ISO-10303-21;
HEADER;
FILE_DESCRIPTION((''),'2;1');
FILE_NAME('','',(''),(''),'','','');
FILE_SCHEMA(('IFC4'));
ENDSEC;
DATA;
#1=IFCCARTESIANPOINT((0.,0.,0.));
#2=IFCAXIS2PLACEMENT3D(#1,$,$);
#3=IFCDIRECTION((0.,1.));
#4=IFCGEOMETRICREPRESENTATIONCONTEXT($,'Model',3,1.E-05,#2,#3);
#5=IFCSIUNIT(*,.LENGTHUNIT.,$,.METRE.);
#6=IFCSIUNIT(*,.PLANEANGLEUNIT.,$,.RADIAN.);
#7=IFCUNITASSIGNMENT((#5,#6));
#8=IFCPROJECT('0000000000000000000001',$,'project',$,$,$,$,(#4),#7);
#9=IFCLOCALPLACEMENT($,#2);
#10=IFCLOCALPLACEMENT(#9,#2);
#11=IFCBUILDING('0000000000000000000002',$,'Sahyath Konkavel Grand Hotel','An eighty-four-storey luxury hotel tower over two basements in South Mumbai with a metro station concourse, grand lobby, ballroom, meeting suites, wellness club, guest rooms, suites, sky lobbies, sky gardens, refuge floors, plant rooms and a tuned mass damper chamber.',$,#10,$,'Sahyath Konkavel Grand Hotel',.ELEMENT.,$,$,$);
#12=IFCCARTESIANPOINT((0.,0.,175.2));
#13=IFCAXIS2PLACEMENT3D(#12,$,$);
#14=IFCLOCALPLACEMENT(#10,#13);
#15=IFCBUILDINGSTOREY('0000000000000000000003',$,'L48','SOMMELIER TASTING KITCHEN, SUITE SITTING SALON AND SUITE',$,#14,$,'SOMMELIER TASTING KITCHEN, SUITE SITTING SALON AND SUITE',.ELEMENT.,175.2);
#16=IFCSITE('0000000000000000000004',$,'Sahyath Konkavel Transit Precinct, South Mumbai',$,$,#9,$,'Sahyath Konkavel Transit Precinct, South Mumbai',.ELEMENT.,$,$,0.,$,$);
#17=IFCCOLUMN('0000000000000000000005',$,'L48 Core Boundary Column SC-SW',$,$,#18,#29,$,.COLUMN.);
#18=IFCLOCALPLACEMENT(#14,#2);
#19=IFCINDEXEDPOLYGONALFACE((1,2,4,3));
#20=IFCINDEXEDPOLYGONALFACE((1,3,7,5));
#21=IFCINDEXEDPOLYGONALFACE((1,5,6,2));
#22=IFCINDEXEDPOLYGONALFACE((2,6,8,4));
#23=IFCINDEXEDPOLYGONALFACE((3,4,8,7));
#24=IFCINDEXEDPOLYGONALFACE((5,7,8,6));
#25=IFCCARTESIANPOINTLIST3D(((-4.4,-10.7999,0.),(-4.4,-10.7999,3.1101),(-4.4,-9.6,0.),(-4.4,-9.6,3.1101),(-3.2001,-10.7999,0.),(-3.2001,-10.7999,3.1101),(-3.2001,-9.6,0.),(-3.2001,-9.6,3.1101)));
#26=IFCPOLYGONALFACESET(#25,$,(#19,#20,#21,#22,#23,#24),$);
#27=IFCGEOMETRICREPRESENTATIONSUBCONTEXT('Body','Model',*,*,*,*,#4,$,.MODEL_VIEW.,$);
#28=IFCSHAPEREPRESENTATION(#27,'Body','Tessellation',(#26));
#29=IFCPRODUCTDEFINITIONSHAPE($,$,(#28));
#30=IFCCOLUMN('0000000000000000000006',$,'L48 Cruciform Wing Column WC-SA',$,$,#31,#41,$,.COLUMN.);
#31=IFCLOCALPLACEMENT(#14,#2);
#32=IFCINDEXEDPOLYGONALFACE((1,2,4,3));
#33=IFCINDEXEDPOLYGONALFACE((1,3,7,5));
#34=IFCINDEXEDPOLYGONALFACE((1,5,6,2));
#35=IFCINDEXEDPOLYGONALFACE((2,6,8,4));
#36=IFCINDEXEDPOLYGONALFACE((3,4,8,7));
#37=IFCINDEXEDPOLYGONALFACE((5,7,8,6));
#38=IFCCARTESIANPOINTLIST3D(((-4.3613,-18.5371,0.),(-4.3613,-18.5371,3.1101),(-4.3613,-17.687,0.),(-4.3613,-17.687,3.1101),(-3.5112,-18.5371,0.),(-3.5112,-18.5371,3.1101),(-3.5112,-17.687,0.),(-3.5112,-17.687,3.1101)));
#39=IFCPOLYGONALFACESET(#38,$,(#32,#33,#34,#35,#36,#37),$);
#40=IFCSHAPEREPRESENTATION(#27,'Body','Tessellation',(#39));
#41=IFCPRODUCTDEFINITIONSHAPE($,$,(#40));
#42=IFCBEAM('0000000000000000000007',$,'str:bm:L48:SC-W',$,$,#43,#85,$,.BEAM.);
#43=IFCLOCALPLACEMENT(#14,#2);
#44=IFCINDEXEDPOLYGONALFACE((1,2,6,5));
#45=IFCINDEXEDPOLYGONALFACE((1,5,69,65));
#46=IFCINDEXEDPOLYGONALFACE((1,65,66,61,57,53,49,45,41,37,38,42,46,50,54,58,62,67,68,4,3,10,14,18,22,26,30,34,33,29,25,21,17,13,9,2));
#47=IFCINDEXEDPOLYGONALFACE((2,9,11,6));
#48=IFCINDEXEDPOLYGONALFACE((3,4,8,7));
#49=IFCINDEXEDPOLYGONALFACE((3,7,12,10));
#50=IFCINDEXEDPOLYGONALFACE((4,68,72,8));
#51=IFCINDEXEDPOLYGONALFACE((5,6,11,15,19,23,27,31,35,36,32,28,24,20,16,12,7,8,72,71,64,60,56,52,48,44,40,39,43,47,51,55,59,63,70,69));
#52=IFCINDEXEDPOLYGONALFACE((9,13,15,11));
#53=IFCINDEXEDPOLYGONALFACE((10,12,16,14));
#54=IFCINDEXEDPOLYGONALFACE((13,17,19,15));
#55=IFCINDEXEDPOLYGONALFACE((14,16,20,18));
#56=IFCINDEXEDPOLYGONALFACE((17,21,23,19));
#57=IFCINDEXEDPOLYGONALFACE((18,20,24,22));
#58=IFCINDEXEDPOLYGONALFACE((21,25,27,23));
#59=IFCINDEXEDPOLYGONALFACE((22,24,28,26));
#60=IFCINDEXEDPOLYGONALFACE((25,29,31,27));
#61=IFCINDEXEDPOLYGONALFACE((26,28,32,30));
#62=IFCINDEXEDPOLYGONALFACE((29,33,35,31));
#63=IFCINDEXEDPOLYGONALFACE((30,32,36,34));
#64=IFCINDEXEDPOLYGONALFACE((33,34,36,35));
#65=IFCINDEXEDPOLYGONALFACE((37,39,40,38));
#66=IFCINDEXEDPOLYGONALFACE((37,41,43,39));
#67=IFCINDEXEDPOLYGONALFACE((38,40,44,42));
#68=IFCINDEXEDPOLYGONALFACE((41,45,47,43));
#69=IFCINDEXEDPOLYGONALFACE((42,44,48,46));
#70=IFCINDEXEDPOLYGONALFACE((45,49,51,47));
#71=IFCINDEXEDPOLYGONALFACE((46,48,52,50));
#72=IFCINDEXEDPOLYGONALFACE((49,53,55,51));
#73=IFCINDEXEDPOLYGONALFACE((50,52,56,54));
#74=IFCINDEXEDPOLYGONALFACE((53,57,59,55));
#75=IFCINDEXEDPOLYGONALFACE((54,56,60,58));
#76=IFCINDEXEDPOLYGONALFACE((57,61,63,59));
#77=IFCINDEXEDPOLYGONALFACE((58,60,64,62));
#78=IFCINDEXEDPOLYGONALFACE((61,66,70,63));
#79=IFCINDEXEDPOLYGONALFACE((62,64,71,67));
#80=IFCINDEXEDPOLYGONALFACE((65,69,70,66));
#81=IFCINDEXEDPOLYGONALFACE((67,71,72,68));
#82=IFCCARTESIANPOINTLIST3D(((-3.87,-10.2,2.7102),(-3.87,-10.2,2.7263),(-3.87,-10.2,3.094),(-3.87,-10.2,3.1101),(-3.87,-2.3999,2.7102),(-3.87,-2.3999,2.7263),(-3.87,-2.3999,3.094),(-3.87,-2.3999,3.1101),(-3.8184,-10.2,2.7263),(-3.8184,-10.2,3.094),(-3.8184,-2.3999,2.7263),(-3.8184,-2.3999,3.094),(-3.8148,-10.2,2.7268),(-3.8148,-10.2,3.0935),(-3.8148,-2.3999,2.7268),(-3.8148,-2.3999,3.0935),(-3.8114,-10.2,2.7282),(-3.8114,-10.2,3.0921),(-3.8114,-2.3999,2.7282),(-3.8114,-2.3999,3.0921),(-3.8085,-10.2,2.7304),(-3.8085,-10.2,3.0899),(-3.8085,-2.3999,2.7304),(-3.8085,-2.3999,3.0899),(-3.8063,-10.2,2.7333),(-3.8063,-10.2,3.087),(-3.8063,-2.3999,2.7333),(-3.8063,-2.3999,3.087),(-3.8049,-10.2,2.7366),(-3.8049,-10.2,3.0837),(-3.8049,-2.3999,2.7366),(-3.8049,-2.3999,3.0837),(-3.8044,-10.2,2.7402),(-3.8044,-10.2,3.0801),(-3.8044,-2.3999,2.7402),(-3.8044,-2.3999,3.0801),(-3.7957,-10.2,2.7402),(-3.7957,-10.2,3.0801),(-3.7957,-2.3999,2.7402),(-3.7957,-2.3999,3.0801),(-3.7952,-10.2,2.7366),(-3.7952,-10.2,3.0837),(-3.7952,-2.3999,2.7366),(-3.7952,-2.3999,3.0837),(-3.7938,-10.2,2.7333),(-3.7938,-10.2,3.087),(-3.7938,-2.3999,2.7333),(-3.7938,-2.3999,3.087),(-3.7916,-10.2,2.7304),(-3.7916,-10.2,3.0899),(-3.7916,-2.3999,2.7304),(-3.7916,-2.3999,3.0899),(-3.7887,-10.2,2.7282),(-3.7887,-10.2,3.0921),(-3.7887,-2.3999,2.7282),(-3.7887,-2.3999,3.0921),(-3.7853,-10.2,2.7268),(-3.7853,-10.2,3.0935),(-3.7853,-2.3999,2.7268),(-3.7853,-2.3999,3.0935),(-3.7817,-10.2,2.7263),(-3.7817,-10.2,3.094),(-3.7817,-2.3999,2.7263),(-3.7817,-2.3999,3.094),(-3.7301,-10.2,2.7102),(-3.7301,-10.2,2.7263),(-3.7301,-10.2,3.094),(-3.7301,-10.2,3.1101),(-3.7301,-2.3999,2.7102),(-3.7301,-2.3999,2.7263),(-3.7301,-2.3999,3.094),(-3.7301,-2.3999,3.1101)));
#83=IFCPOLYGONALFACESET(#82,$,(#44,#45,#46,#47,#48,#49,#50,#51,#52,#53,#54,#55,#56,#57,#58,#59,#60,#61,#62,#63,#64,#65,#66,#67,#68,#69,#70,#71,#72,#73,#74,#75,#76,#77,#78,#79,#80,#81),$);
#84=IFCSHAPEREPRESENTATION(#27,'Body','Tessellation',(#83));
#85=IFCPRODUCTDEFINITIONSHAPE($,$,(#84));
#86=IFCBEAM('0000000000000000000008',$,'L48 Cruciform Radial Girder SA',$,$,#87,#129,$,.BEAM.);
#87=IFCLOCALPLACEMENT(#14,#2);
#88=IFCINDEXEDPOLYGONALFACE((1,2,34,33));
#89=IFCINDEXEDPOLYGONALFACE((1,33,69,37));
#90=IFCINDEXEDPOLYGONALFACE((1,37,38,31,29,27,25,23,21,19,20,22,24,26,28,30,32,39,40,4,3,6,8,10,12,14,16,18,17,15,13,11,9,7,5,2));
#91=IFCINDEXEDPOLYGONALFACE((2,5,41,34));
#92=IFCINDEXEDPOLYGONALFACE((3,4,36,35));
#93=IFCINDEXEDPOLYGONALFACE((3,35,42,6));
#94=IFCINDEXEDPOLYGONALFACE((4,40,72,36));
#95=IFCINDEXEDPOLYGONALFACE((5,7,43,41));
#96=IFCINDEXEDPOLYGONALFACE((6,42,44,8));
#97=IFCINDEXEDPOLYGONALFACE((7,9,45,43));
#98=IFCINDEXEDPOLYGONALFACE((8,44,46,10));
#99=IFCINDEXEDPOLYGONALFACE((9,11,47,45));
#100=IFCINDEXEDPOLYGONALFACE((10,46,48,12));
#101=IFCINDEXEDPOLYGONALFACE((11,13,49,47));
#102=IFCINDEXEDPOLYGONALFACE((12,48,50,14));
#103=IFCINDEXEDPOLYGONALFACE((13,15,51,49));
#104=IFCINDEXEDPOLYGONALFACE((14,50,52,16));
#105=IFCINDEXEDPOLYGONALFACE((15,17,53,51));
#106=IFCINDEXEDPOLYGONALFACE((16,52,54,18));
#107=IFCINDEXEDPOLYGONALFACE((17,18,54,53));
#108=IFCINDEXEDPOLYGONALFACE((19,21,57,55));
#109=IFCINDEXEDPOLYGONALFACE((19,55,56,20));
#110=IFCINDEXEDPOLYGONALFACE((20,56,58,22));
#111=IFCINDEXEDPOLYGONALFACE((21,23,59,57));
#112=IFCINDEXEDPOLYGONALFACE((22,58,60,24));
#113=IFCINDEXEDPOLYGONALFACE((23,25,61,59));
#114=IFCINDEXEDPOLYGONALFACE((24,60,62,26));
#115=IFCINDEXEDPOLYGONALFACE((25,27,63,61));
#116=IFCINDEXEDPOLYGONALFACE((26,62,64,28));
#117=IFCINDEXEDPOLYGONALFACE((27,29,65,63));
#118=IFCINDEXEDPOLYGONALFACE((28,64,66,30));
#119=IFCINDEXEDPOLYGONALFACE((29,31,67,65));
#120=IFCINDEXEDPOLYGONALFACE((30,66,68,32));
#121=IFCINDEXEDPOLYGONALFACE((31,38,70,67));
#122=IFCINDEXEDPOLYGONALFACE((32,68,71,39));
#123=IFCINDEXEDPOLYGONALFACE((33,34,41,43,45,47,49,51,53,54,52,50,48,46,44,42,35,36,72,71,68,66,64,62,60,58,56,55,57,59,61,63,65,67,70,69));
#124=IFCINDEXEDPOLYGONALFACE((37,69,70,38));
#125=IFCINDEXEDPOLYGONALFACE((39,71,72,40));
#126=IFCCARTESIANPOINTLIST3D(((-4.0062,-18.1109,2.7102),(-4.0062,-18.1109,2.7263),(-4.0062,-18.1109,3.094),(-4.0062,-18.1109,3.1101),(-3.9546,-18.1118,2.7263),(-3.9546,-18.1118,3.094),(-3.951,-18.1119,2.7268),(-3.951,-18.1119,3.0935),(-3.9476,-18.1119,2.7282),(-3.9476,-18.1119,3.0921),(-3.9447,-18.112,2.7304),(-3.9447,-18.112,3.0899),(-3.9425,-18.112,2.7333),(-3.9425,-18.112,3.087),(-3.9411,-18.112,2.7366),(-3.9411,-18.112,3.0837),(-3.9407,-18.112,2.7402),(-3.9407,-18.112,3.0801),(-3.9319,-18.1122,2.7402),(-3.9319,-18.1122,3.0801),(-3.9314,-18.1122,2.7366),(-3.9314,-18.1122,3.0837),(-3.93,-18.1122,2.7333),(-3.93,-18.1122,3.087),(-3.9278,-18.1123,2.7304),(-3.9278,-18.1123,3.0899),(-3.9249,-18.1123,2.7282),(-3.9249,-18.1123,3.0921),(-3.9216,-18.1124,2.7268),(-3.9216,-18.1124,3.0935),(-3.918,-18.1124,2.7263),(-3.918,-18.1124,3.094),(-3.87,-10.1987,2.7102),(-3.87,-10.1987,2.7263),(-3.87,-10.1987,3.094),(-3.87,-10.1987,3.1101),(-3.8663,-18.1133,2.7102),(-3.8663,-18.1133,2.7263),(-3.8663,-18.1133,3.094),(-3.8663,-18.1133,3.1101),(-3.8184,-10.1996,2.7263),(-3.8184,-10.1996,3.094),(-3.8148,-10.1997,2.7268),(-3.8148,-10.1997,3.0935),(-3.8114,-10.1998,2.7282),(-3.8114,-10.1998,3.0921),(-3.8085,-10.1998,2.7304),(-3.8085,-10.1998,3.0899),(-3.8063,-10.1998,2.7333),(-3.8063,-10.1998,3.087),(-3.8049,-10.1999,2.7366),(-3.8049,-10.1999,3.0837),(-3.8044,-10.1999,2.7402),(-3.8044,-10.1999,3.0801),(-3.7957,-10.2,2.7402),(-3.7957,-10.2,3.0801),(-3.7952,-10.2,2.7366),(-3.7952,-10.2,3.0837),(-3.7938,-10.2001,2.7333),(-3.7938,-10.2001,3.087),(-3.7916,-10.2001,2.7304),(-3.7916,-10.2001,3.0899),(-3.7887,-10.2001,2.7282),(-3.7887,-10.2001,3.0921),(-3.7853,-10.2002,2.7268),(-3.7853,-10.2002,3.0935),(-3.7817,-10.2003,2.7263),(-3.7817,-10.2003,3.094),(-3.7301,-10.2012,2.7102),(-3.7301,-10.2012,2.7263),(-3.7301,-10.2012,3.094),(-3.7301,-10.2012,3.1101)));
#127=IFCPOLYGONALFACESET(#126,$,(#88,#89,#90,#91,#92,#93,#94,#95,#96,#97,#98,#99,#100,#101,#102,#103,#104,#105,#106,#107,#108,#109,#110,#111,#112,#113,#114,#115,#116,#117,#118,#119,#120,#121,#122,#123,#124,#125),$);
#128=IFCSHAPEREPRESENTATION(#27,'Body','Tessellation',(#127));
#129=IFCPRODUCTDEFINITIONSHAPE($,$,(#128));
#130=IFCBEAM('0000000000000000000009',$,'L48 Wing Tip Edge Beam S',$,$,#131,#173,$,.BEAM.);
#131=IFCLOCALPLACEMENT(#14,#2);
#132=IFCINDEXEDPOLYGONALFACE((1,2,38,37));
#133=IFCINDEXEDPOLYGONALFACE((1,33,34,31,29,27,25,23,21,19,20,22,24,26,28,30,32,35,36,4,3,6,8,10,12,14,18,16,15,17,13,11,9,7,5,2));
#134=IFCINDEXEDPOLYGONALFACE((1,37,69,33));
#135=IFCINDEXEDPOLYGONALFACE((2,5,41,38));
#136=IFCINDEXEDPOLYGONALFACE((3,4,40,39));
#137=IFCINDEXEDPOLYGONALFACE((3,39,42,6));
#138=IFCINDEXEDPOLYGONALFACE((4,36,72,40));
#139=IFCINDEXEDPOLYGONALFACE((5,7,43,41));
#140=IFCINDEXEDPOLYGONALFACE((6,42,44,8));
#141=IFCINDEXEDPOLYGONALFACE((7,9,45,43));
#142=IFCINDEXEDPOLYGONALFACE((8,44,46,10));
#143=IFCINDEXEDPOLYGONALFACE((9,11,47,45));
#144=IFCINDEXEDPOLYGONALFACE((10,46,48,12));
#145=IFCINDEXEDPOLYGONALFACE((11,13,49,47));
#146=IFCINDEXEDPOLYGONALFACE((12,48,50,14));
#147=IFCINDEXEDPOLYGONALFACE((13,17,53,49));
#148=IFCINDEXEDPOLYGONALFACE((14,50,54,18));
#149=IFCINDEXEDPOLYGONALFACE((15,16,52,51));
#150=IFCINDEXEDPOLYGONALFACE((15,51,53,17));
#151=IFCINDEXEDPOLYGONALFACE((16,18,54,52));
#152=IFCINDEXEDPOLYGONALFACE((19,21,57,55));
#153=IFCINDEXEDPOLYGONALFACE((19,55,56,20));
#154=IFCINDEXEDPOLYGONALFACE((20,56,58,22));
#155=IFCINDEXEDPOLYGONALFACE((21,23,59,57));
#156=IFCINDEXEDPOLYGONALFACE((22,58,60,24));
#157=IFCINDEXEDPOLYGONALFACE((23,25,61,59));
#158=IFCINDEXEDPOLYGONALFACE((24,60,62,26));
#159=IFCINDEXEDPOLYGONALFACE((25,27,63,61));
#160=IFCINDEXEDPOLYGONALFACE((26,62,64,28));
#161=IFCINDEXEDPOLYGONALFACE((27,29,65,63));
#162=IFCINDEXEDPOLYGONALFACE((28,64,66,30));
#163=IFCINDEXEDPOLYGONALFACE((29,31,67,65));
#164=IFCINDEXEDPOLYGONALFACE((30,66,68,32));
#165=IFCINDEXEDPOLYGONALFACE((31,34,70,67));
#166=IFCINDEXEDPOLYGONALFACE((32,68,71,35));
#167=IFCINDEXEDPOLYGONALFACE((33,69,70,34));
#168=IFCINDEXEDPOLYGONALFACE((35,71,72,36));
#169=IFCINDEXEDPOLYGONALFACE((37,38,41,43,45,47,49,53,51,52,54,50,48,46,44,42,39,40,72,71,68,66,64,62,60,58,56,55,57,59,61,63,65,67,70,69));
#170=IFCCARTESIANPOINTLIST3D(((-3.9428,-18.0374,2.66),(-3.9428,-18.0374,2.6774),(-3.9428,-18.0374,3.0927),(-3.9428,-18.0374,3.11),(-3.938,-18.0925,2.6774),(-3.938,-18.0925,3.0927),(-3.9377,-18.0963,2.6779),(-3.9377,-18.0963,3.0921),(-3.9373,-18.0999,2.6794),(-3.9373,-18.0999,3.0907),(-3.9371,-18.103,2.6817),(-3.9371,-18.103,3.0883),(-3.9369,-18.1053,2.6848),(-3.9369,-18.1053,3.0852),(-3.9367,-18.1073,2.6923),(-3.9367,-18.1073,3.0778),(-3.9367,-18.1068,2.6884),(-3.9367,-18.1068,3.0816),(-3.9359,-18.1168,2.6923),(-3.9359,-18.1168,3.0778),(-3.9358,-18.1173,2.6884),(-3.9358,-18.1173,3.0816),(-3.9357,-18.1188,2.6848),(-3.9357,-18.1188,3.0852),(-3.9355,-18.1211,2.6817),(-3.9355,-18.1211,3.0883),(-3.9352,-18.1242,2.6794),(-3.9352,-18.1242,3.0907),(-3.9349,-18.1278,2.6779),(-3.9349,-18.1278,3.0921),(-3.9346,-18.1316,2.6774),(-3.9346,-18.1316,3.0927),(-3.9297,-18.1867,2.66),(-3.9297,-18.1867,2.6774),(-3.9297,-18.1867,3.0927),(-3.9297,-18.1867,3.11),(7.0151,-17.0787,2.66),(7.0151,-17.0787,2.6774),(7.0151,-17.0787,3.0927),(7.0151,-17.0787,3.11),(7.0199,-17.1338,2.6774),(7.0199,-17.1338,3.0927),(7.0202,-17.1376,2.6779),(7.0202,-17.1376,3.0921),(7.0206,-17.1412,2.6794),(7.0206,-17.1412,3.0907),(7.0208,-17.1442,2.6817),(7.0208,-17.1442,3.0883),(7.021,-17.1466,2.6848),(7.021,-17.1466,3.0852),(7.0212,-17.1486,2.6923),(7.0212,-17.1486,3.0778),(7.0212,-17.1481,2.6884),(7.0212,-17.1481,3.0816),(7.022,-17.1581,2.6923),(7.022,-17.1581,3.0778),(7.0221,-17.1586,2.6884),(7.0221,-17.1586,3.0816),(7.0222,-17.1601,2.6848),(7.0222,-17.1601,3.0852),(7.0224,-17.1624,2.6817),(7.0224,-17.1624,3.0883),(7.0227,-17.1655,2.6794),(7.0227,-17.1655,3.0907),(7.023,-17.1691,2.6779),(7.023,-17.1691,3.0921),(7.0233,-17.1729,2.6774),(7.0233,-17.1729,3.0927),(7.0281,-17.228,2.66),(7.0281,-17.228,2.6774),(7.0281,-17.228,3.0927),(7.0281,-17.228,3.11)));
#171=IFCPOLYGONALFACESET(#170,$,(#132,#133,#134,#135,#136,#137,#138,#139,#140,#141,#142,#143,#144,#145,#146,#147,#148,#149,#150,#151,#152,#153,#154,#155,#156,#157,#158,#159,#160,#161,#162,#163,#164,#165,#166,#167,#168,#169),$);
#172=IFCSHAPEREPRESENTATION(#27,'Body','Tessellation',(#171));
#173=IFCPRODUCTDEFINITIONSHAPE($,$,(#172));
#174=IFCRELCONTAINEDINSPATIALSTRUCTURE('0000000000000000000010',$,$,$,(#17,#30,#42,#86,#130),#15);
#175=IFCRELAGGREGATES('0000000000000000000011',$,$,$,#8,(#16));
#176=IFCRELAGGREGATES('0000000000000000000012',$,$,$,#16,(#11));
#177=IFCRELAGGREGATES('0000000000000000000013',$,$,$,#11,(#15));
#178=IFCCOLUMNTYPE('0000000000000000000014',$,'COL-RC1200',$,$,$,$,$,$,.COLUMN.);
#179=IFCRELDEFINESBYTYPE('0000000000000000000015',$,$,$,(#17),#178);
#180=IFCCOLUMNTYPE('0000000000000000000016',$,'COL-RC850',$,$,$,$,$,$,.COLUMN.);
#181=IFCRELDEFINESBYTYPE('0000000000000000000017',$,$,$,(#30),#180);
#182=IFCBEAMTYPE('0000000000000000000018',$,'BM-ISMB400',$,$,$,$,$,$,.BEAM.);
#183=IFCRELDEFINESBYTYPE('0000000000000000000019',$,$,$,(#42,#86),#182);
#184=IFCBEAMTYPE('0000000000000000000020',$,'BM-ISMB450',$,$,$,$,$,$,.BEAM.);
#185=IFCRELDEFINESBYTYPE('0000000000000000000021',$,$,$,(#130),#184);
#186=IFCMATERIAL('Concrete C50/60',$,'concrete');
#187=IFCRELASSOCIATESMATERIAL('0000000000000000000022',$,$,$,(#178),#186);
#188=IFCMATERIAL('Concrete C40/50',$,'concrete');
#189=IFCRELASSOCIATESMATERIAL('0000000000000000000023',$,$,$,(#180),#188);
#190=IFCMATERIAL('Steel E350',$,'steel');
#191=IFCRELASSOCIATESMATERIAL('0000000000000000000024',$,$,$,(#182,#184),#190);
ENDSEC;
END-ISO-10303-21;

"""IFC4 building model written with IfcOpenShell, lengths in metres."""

from ifc_helpers import new_model, si_unit, direction, frame, origin, origin_2d, place, context, subcontext, project, spatial, rectangle, i_section, extrude, source, transform, mapped, material, material_profile, profile_set, type_object, element, save


model = new_model("IFC4")

# Units and contexts
model_context = context("Model", 3, precision=1e-05, world=origin(), true_north=direction((0.0, 1.0)))
body_context = subcontext(model_context, "Body", "Model", "MODEL_VIEW")
ifc_project = project(units=[si_unit("LENGTHUNIT", "METRE"), si_unit("PLANEANGLEUNIT", "RADIAN")], contexts=[model_context])

# Site, building, storey
site_placement = place(None, origin())
site = spatial("IfcSite", under=ifc_project, at=site_placement, Name="Sahyath Konkavel Transit Precinct, South Mumbai", LongName="Sahyath Konkavel Transit Precinct, South Mumbai", CompositionType="ELEMENT", RefElevation=0.0)
building_placement = place(site_placement, origin())
building = spatial("IfcBuilding", under=site, at=building_placement, Name="Sahyath Konkavel Grand Hotel", Description="An eighty-four-storey luxury hotel tower over two basements in South Mumbai with a metro station concourse, grand lobby, ballroom, meeting suites, wellness club, guest rooms, suites, sky lobbies, sky gardens, refuge floors, plant rooms and a tuned mass damper chamber.", LongName="Sahyath Konkavel Grand Hotel", CompositionType="ELEMENT")
storey_placement = place(building_placement, frame((0.0, 0.0, 175.2)))
storey = spatial("IfcBuildingStorey", under=building, at=storey_placement, Name="L48", Description="SOMMELIER TASTING KITCHEN, SUITE SITTING SALON AND SUITE", LongName="SOMMELIER TASTING KITCHEN, SUITE SITTING SALON AND SUITE", CompositionType="ELEMENT", Elevation=175.2)

# Columns
ifc_material_1 = material(Name="Concrete C50/60", Category="concrete")
ifc_material_profile_1 = material_profile(ifc_material_1, rectangle(XDim=1.2, YDim=1.2, at=origin_2d()), Name="RC 1200x1200")
ifc_profile_set_1 = profile_set([ifc_material_profile_1], Name="Concrete C50/60")
column_type_1 = type_object("IfcColumnType", Name="COL-RC1200", PredefinedType="COLUMN", material=ifc_profile_set_1)
shared_shape_1 = source(origin(), body_context, "Body", "SweptSolid", [
    extrude(rectangle(XDim=1.2, YDim=1.2, at=origin_2d()), origin(), (0.0, 0.0, 1.0), 3.1101),
])
column_1_placement = place(storey_placement, frame((-3.8, -10.2, 0.0), z_axis=(0.0, 0.0, 1.0), x_axis=(1.0, 0.0, 0.0)))
element("IfcColumn", 1, at=column_1_placement, inside=storey, type_object=column_type_1, Name="L48 Core Boundary Column SC-SW", PredefinedType="COLUMN", context=body_context, shape_type="MappedRepresentation", body=[
    mapped(shared_shape_1, transform((0.0, 0.0, 0.0), scale=1.0)),
])
ifc_material_2 = material(Name="Concrete C40/50", Category="concrete")
ifc_material_profile_2 = material_profile(ifc_material_2, rectangle(XDim=0.8501, YDim=0.8501, at=origin_2d()), Name="RC 850x850")
ifc_profile_set_2 = profile_set([ifc_material_profile_2], Name="Concrete C40/50")
column_type_2 = type_object("IfcColumnType", Name="COL-RC850", PredefinedType="COLUMN", material=ifc_profile_set_2)
shared_shape_2 = source(origin(), body_context, "Body", "SweptSolid", [
    extrude(rectangle(XDim=0.8501, YDim=0.8501, at=origin_2d()), origin(), (0.0, 0.0, 1.0), 3.1101),
])
column_2_placement = place(storey_placement, frame((-3.9363, -18.1121, 0.0), z_axis=(0.0, 0.0, 1.0), x_axis=(1.0, 0.0, 0.0)))
element("IfcColumn", 2, at=column_2_placement, inside=storey, type_object=column_type_2, Name="L48 Cruciform Wing Column WC-SA", PredefinedType="COLUMN", context=body_context, shape_type="MappedRepresentation", body=[
    mapped(shared_shape_2, transform((0.0, 0.0, 0.0), scale=1.0)),
])

# Beams
ifc_material_3 = material(Name="Steel E350", Category="steel")
ifc_material_profile_3 = material_profile(ifc_material_3, i_section(OverallWidth=0.1399, OverallDepth=0.3999, WebThickness=0.0088, FlangeThickness=0.0161, FilletRadius=0.0139, at=origin_2d()), Name="ISMB 400")
ifc_profile_set_3 = profile_set([ifc_material_profile_3], Name="Steel E350")
beam_type_1 = type_object("IfcBeamType", Name="BM-ISMB400", PredefinedType="BEAM", material=ifc_profile_set_3)
shared_shape_3 = source(origin(), body_context, "Body", "SweptSolid", [
    extrude(i_section(OverallWidth=0.1399, OverallDepth=0.3999, WebThickness=0.0088, FlangeThickness=0.0161, FilletRadius=0.0139, at=origin_2d()), origin(), (0.0, 0.0, 1.0), 7.8),
])
beam_1_placement = place(storey_placement, frame((-3.8, -10.2, 2.9102), z_axis=(0.0, 1.0, 0.0), x_axis=(-1.0, 0.0, 0.0)))
element("IfcBeam", 3, at=beam_1_placement, inside=storey, type_object=beam_type_1, Name="str:bm:L48:SC-W", PredefinedType="BEAM", context=body_context, shape_type="MappedRepresentation", body=[
    mapped(shared_shape_3, transform((0.0, 0.0, 0.0), scale=1.0)),
])
shared_shape_4 = source(origin(), body_context, "Body", "SweptSolid", [
    extrude(i_section(OverallWidth=0.1399, OverallDepth=0.3999, WebThickness=0.0088, FlangeThickness=0.0161, FilletRadius=0.0139, at=origin_2d()), origin(), (0.0, 0.0, 1.0), 7.9133),
])
beam_2_placement = place(storey_placement, frame((-3.8, -10.2, 2.9102), z_axis=(-0.017215, -0.999852, 0.0), x_axis=(0.999852, -0.017215, 0.0)))
element("IfcBeam", 4, at=beam_2_placement, inside=storey, type_object=beam_type_1, Name="L48 Cruciform Radial Girder SA", PredefinedType="BEAM", context=body_context, shape_type="MappedRepresentation", body=[
    mapped(shared_shape_4, transform((0.0, 0.0, 0.0), scale=1.0)),
])
ifc_material_profile_4 = material_profile(ifc_material_3, i_section(OverallWidth=0.1499, OverallDepth=0.45, WebThickness=0.0095, FlangeThickness=0.0173, FilletRadius=0.0149, at=origin_2d()), Name="ISMB 450")
ifc_profile_set_4 = profile_set([ifc_material_profile_4], Name="Steel E350")
beam_type_2 = type_object("IfcBeamType", Name="BM-ISMB450", PredefinedType="BEAM", material=ifc_profile_set_4)
shared_shape_5 = source(origin(), body_context, "Body", "SweptSolid", [
    extrude(i_section(OverallWidth=0.1499, OverallDepth=0.45, WebThickness=0.0095, FlangeThickness=0.0173, FilletRadius=0.0149, at=origin_2d()), origin(), (0.0, 0.0, 1.0), 10.9998),
])
beam_3_placement = place(storey_placement, frame((-3.9363, -18.1121, 2.885), z_axis=(0.996194, 0.087159, 0.0), x_axis=(-0.087159, 0.996194, 0.0)))
element("IfcBeam", 5, at=beam_3_placement, inside=storey, type_object=beam_type_2, Name="L48 Wing Tip Edge Beam S", PredefinedType="BEAM", context=body_context, shape_type="MappedRepresentation", body=[
    mapped(shared_shape_5, transform((0.0, 0.0, 0.0), scale=1.0)),
])

save(model, "model.ifc")
